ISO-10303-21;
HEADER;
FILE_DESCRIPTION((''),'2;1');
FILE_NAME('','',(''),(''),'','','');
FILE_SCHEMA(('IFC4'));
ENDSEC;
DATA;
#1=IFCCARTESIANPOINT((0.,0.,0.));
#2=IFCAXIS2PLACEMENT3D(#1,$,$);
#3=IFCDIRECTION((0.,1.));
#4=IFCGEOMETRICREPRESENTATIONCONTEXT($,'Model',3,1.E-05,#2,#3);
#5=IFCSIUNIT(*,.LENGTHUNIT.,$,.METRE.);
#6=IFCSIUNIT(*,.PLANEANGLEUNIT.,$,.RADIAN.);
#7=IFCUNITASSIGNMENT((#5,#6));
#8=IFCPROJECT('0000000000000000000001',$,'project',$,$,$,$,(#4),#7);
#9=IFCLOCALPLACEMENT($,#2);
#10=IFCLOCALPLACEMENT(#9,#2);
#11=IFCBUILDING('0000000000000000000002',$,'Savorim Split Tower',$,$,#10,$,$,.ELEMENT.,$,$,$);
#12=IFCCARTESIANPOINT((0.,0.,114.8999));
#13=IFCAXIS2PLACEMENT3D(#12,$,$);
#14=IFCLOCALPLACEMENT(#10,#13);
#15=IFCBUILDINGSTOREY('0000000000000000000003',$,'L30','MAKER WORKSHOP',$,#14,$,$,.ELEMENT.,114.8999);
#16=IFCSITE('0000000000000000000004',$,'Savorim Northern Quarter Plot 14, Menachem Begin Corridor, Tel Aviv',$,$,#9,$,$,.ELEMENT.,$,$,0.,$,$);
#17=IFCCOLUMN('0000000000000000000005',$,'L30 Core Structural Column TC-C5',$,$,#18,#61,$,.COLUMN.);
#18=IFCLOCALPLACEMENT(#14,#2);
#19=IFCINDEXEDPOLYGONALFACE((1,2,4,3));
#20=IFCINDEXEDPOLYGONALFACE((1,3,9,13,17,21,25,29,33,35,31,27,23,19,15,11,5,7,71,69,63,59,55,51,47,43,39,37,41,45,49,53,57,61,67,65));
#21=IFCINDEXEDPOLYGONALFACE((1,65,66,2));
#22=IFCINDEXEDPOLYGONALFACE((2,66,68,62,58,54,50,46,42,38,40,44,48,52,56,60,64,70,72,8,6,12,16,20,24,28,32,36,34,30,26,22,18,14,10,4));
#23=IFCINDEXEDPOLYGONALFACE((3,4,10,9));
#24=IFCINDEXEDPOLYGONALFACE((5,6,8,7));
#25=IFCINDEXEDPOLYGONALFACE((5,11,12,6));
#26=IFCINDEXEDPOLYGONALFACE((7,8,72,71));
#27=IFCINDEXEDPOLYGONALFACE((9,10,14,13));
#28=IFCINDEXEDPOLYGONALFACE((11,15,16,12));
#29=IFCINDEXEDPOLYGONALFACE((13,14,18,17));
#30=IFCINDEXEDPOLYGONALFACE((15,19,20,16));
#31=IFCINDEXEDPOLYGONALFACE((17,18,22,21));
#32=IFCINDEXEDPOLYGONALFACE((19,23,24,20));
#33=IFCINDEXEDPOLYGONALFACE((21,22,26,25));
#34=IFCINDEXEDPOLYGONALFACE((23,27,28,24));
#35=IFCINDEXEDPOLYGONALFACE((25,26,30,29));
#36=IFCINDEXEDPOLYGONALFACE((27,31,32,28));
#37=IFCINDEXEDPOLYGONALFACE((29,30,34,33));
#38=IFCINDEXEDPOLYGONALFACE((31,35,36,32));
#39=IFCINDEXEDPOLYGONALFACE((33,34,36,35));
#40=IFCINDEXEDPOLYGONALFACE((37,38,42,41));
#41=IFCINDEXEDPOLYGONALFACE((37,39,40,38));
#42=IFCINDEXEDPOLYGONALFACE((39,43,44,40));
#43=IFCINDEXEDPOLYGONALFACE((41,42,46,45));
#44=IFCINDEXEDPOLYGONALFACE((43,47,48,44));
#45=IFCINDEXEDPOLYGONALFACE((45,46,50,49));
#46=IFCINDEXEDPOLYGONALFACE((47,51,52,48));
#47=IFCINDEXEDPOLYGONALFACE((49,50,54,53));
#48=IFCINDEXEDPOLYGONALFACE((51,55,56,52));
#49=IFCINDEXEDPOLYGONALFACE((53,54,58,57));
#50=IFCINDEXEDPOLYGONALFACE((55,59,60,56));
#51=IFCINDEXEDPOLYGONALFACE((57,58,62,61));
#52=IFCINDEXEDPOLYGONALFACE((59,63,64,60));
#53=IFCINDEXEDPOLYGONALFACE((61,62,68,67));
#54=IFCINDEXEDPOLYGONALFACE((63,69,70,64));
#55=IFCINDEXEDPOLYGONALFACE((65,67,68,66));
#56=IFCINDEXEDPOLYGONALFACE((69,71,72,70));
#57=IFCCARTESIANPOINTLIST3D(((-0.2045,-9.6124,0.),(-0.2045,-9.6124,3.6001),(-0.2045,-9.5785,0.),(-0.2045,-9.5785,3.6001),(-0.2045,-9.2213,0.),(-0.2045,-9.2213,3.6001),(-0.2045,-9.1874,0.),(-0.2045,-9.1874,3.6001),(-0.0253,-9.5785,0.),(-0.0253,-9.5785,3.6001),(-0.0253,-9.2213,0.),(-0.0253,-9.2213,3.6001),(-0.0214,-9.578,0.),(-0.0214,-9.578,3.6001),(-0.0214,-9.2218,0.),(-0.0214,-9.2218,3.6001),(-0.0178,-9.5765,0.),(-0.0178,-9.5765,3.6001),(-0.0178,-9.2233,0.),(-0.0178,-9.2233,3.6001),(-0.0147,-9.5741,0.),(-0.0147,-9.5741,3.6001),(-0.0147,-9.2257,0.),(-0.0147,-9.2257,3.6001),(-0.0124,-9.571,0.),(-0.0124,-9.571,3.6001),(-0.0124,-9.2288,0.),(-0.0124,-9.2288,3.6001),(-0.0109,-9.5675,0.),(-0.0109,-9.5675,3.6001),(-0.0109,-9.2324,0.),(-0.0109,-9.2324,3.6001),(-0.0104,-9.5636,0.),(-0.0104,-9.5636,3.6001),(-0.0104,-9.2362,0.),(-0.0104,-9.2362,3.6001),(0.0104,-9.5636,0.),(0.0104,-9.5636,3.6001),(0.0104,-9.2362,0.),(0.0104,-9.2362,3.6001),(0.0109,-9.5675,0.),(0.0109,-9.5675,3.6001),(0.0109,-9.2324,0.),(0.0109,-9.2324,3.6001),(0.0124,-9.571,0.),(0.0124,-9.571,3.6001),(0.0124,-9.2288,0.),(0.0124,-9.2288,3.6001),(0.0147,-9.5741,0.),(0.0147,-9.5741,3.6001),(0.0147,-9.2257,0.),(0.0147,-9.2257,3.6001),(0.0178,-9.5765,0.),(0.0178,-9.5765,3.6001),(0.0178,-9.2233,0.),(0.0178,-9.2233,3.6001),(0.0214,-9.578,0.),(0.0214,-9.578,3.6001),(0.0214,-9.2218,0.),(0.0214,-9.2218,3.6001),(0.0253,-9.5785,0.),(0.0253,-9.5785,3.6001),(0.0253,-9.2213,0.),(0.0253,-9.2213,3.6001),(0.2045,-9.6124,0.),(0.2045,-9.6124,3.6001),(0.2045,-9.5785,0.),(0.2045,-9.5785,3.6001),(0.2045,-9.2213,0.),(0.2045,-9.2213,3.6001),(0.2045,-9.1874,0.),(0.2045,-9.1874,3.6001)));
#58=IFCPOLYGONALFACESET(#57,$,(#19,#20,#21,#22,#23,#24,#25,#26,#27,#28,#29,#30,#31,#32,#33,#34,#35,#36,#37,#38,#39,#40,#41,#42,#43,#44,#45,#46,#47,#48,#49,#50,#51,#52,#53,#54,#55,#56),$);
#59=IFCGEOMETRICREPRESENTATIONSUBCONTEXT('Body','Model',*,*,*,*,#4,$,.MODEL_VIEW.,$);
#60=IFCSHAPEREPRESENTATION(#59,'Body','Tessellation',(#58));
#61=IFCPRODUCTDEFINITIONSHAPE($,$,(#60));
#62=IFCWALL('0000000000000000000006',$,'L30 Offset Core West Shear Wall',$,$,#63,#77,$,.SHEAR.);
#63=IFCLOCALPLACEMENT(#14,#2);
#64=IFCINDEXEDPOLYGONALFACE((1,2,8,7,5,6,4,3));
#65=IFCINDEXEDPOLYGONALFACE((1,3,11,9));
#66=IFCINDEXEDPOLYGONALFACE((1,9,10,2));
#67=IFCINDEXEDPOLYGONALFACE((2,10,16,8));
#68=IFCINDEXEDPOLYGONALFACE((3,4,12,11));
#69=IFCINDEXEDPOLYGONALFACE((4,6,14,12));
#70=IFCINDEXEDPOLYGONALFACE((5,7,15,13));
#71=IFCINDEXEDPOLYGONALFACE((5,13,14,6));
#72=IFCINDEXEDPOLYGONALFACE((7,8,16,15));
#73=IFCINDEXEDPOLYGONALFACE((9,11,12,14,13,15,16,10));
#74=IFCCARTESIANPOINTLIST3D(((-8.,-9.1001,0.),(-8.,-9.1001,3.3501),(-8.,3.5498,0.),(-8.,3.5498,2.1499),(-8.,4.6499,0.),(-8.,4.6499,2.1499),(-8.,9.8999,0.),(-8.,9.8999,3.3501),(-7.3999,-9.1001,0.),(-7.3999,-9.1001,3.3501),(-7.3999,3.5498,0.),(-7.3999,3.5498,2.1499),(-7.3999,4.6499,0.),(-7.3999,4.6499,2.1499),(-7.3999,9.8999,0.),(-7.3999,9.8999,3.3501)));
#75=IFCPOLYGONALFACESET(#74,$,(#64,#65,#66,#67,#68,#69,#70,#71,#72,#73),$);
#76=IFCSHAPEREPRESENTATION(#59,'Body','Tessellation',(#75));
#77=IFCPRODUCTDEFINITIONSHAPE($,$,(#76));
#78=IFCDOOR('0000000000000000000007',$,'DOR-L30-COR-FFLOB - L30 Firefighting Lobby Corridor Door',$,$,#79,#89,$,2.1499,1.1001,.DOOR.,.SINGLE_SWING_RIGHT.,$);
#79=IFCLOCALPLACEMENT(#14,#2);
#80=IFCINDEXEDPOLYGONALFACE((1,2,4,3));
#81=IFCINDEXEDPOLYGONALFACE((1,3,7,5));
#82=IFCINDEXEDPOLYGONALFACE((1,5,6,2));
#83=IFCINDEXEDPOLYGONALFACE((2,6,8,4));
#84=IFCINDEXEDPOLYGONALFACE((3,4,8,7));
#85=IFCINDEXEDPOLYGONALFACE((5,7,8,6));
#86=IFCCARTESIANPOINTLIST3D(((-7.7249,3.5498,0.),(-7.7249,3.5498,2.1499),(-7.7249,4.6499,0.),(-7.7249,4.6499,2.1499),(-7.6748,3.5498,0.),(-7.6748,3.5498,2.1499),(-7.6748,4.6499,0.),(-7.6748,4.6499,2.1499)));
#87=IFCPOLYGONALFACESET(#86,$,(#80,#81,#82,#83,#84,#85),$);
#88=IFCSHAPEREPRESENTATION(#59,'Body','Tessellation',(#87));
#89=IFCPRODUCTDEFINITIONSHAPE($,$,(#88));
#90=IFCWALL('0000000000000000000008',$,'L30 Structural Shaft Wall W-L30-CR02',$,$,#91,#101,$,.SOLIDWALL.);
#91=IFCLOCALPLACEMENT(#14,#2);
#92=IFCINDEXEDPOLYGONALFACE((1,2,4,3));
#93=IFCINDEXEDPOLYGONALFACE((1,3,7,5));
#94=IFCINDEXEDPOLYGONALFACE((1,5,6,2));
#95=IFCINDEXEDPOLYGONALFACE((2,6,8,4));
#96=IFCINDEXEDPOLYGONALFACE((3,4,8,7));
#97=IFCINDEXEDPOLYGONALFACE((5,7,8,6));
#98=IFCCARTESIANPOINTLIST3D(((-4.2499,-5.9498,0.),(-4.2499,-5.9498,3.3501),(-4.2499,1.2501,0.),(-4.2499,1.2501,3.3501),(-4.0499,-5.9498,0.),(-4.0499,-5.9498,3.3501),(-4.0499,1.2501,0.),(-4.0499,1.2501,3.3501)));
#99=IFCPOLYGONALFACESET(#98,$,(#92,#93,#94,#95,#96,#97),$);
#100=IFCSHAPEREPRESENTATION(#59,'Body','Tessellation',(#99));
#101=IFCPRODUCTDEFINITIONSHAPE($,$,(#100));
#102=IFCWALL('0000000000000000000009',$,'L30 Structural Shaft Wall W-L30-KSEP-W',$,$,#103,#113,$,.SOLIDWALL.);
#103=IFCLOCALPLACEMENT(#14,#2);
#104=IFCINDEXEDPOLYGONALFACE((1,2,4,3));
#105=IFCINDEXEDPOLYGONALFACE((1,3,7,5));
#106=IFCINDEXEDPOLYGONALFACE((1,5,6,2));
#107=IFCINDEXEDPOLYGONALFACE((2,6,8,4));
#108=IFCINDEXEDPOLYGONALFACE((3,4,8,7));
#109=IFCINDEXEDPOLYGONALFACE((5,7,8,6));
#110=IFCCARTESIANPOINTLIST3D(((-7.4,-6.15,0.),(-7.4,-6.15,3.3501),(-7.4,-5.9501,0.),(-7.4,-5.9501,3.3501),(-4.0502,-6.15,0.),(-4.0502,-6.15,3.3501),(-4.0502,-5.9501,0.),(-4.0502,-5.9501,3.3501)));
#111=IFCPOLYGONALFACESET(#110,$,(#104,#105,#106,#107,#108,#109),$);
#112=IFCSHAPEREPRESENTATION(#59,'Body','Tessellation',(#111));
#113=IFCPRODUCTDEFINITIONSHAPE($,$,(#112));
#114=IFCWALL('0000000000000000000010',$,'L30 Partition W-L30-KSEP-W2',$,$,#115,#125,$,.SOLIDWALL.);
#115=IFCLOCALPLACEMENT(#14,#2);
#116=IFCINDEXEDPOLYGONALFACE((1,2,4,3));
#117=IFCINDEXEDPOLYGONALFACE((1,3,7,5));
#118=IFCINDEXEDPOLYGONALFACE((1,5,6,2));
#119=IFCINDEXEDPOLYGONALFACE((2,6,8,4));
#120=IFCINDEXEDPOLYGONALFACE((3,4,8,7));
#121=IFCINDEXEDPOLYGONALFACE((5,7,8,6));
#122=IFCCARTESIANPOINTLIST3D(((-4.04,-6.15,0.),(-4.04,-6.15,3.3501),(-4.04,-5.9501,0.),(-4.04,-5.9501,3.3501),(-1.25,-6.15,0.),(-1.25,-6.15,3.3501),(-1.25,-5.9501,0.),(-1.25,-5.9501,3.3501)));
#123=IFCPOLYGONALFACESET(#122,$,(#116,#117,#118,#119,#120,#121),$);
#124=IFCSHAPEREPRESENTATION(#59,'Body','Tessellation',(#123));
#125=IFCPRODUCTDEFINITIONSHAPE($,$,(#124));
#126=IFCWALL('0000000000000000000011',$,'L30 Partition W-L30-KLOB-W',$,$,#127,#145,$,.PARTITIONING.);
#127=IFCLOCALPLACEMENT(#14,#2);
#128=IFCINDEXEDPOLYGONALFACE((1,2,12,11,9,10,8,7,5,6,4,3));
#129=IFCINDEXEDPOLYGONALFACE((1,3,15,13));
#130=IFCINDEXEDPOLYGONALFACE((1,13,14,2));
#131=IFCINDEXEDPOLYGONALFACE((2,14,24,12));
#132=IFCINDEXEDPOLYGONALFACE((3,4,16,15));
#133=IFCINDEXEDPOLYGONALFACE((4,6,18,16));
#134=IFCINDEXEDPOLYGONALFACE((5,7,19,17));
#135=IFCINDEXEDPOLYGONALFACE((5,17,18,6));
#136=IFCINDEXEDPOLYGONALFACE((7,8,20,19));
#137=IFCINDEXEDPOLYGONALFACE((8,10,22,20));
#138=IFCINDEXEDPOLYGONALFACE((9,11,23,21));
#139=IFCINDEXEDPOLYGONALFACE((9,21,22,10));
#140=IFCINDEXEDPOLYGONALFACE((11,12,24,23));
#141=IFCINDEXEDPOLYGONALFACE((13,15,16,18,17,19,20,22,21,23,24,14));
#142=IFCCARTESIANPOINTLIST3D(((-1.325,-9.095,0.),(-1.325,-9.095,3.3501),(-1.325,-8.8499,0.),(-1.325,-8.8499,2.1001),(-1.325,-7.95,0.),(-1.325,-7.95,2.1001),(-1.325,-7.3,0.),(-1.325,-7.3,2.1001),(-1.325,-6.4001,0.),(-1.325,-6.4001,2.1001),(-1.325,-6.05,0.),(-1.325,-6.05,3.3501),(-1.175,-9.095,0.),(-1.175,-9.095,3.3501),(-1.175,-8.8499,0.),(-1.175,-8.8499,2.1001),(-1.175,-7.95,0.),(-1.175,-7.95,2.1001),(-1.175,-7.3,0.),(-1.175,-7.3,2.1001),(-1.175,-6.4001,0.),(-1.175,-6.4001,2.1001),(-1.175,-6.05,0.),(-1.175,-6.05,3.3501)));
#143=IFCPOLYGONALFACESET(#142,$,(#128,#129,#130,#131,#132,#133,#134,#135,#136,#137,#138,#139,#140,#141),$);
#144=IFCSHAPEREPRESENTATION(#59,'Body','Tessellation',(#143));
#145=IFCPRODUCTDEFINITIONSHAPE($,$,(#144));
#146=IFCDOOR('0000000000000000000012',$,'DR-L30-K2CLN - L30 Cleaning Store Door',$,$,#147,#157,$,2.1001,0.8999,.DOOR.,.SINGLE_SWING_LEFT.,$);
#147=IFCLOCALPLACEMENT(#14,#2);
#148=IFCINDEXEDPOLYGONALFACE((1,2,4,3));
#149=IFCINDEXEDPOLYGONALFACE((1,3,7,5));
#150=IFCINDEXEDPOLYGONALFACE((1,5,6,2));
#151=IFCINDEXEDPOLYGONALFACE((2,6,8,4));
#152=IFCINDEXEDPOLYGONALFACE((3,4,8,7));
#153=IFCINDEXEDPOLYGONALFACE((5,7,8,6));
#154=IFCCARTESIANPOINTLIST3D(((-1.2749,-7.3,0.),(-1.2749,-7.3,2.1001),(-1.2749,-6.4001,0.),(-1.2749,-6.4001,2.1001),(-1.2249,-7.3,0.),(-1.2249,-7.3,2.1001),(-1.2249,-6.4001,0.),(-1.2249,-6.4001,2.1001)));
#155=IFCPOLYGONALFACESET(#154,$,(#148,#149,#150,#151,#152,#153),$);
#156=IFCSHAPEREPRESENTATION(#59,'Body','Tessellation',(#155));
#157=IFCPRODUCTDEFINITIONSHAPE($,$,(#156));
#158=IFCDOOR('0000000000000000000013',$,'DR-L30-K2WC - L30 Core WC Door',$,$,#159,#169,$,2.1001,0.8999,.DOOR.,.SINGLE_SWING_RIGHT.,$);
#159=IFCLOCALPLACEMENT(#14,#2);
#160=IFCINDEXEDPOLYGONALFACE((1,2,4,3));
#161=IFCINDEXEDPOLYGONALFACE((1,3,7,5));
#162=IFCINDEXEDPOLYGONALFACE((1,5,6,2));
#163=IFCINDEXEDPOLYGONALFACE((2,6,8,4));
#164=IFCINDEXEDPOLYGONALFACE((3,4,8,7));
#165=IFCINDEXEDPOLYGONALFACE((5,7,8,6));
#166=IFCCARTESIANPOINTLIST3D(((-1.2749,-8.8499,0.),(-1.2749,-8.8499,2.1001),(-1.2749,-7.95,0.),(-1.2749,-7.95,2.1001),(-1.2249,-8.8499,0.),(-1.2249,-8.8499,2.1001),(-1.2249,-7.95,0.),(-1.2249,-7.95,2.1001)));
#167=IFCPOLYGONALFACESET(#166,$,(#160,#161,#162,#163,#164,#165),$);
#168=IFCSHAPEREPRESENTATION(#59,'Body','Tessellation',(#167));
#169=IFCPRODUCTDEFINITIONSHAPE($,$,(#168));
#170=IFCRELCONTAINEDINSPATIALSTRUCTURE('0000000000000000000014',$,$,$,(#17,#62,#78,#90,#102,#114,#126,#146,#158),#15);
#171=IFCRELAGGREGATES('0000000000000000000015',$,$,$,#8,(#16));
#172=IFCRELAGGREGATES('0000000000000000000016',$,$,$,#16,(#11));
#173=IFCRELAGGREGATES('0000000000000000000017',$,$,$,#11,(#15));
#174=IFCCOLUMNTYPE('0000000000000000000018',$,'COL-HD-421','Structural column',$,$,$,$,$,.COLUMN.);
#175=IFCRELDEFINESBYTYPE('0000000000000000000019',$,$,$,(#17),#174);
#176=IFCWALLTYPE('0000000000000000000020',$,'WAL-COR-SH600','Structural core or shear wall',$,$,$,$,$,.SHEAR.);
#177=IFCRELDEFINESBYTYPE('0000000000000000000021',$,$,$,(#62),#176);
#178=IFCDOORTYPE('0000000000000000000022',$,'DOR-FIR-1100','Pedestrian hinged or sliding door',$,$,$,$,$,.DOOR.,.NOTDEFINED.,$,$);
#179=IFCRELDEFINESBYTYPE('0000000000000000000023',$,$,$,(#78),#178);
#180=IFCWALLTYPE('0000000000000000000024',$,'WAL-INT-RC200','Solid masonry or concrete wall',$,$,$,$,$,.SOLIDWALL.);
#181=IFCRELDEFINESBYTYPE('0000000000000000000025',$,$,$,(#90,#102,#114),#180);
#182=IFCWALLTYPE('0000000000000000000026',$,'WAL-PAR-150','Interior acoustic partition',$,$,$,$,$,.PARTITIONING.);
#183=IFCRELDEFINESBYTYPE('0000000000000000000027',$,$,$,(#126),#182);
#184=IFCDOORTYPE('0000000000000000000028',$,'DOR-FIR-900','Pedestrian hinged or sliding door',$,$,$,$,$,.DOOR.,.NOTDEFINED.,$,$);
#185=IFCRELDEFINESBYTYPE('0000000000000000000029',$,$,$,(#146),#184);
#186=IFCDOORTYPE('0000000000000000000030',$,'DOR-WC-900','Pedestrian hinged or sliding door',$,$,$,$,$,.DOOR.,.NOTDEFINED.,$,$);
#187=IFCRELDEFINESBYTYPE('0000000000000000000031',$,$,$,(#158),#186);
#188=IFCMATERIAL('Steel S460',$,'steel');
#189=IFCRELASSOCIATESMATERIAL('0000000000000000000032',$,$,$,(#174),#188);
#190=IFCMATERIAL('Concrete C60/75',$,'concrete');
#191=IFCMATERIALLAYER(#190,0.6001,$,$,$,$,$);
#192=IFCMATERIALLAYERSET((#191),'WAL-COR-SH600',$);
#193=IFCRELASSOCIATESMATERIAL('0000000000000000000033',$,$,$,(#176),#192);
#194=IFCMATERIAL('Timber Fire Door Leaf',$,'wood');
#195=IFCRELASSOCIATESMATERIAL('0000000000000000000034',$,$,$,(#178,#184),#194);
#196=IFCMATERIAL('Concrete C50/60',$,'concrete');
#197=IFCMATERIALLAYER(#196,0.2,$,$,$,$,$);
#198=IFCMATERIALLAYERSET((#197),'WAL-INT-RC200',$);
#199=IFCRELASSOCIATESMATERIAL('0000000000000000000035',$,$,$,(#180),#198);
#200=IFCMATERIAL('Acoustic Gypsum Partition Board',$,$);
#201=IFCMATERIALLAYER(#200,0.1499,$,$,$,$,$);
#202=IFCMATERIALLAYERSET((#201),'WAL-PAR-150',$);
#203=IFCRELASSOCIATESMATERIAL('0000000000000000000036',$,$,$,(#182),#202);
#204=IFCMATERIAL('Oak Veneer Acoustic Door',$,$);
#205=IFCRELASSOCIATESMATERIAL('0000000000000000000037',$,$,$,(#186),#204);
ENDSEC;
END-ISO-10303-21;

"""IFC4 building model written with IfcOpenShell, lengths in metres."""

from ifc_helpers import new_model, si_unit, direction, frame, frame_2d, origin, origin_2d, place, context, subcontext, project, spatial, rectangle, i_section, extrude, material, layer, layer_set, material_profile, profile_set, type_object, element, fill, save


model = new_model("IFC4")

# Units and contexts
model_context = context("Model", 3, precision=1e-05, world=origin(), true_north=direction((0.0, 1.0)))
body_context = subcontext(model_context, "Body", "Model", "MODEL_VIEW")
ifc_project = project(units=[si_unit("LENGTHUNIT", "METRE"), si_unit("PLANEANGLEUNIT", "RADIAN")], contexts=[model_context])

# Site, building, storey
site_placement = place(None, origin())
site = spatial("IfcSite", under=ifc_project, at=site_placement, Name="Savorim Northern Quarter Plot 14, Menachem Begin Corridor, Tel Aviv", CompositionType="ELEMENT", RefElevation=0.0)
building_placement = place(site_placement, origin())
building = spatial("IfcBuilding", under=site, at=building_placement, Name="Savorim Split Tower", CompositionType="ELEMENT")
storey_placement = place(building_placement, frame((0.0, 0.0, 114.8999)))
storey = spatial("IfcBuildingStorey", under=building, at=storey_placement, Name="L30", Description="MAKER WORKSHOP", CompositionType="ELEMENT", Elevation=114.8999)

# Column
ifc_material_1 = material(Name="Steel S460", Category="steel")
ifc_material_profile = material_profile(ifc_material_1, i_section(OverallWidth=0.4089, OverallDepth=0.425, WebThickness=0.0208, FlangeThickness=0.0339, FilletRadius=0.0149, at=origin_2d()), Name="HD 400x421")
ifc_profile_set = profile_set([ifc_material_profile], Name="Steel S460")
column_type = type_object("IfcColumnType", Name="COL-HD-421", Description="Structural column", PredefinedType="COLUMN", material=ifc_profile_set)
column_placement = place(storey_placement, frame((0.0, -9.3999, 0.0), z_axis=(0.0, 0.0, 1.0), x_axis=(1.0, 0.0, 0.0)))
element("IfcColumn", 1, at=column_placement, inside=storey, type_object=column_type, Name="L30 Core Structural Column TC-C5", PredefinedType="COLUMN", context=body_context, shape_type="SweptSolid", body=[
    extrude(i_section(OverallWidth=0.4089, OverallDepth=0.425, WebThickness=0.0208, FlangeThickness=0.0339, FilletRadius=0.0149, at=origin_2d()), origin(), (0.0, 0.0, 1.0), 3.6001),
])

# Wall, opening, door
ifc_material_2 = material(Name="Concrete C60/75", Category="concrete")
ifc_layer_1 = layer(ifc_material_2, 0.6001)
ifc_layer_set_1 = layer_set([ifc_layer_1], Name="WAL-COR-SH600")
wall_type_1 = type_object("IfcWallType", Name="WAL-COR-SH600", Description="Structural core or shear wall", PredefinedType="SHEAR", material=ifc_layer_set_1)
wall_1_placement = place(storey_placement, frame((-7.7, -9.1001, 0.0), z_axis=(0.0, 0.0, 1.0), x_axis=(0.0, 1.0, 0.0)))
wall_1 = element("IfcWall", 2, at=wall_1_placement, inside=storey, type_object=wall_type_1, Name="L30 Offset Core West Shear Wall", PredefinedType="SHEAR", context=body_context, shape_type="SweptSolid", body=[
    extrude(rectangle(XDim=19.0, YDim=0.6001, at=frame_2d((9.5, 0.0))), origin(), (0.0, 0.0, 1.0), 3.3501),
])
opening_1_placement = place(wall_1_placement, frame((12.6499, 0.0, 0.0)))
opening_1 = element("IfcOpeningElement", 3, at=opening_1_placement, cuts=wall_1, PredefinedType="OPENING", context=body_context, shape_type="SweptSolid", body=[
    extrude(rectangle(XDim=1.1001, YDim=2.1499, at=frame_2d((0.55, 1.075))), frame((0.0, 0.3101, 0.0), z_axis=(0.0, -1.0, 0.0), x_axis=(1.0, 0.0, 0.0)), (0.0, 0.0, 1.0), 0.6201),
])
ifc_material_3 = material(Name="Timber Fire Door Leaf", Category="wood")
door_type_1 = type_object("IfcDoorType", Name="DOR-FIR-1100", Description="Pedestrian hinged or sliding door", OperationType="NOTDEFINED", PredefinedType="DOOR", material=ifc_material_3)
door_1_placement = place(opening_1_placement, origin())
door_1 = element("IfcDoor", 4, at=door_1_placement, inside=storey, type_object=door_type_1, Name="DOR-L30-COR-FFLOB - L30 Firefighting Lobby Corridor Door", OperationType="SINGLE_SWING_RIGHT", OverallHeight=2.1499, OverallWidth=1.1001, PredefinedType="DOOR", context=body_context, shape_type="SweptSolid", body=[
    extrude(rectangle(XDim=1.1001, YDim=2.1499, at=frame_2d((0.55, 1.075))), frame((0.0, 0.0249, 0.0), z_axis=(0.0, -1.0, 0.0), x_axis=(1.0, 0.0, 0.0)), (0.0, 0.0, 1.0), 0.05),
])
fill(opening_1, door_1)

# Wall
ifc_material_4 = material(Name="Concrete C50/60", Category="concrete")
ifc_layer_2 = layer(ifc_material_4, 0.2)
ifc_layer_set_2 = layer_set([ifc_layer_2], Name="WAL-INT-RC200")
wall_type_2 = type_object("IfcWallType", Name="WAL-INT-RC200", Description="Solid masonry or concrete wall", PredefinedType="SOLIDWALL", material=ifc_layer_set_2)
wall_2_placement = place(storey_placement, frame((-4.1499, -5.95, 0.0), z_axis=(0.0, 0.0, 1.0), x_axis=(0.0, 1.0, 0.0)))
element("IfcWall", 5, at=wall_2_placement, inside=storey, type_object=wall_type_2, Name="L30 Structural Shaft Wall W-L30-CR02", PredefinedType="SOLIDWALL", context=body_context, shape_type="SweptSolid", body=[
    extrude(rectangle(XDim=7.2, YDim=0.2, at=frame_2d((3.6001, 0.0))), origin(), (0.0, 0.0, 1.0), 3.3501),
])

# Walls
wall_3_placement = place(storey_placement, frame((-7.3999, -6.05, 0.0), z_axis=(0.0, 0.0, 1.0), x_axis=(1.0, 0.0, 0.0)))
element("IfcWall", 6, at=wall_3_placement, inside=storey, type_object=wall_type_2, Name="L30 Structural Shaft Wall W-L30-KSEP-W", PredefinedType="SOLIDWALL", context=body_context, shape_type="SweptSolid", body=[
    extrude(rectangle(XDim=3.3499, YDim=0.2, at=frame_2d((1.6748, 0.0))), origin(), (0.0, 0.0, 1.0), 3.3501),
])
wall_4_placement = place(storey_placement, frame((-4.04, -6.05, 0.0), z_axis=(0.0, 0.0, 1.0), x_axis=(1.0, 0.0, 0.0)))
element("IfcWall", 7, at=wall_4_placement, inside=storey, type_object=wall_type_2, Name="L30 Partition W-L30-KSEP-W2", PredefinedType="SOLIDWALL", context=body_context, shape_type="SweptSolid", body=[
    extrude(rectangle(XDim=2.79, YDim=0.2, at=frame_2d((1.395, 0.0))), origin(), (0.0, 0.0, 1.0), 3.3501),
])

# Wall, openings, doors
ifc_material_5 = material(Name="Acoustic Gypsum Partition Board")
ifc_layer_3 = layer(ifc_material_5, 0.1499)
ifc_layer_set_3 = layer_set([ifc_layer_3], Name="WAL-PAR-150")
wall_type_3 = type_object("IfcWallType", Name="WAL-PAR-150", Description="Interior acoustic partition", PredefinedType="PARTITIONING", material=ifc_layer_set_3)
wall_5_placement = place(storey_placement, frame((-1.25, -9.095, 0.0), z_axis=(0.0, 0.0, 1.0), x_axis=(0.0, 1.0, 0.0)))
wall_5 = element("IfcWall", 8, at=wall_5_placement, inside=storey, type_object=wall_type_3, Name="L30 Partition W-L30-KLOB-W", PredefinedType="PARTITIONING", context=body_context, shape_type="SweptSolid", body=[
    extrude(rectangle(XDim=3.0449, YDim=0.1499, at=frame_2d((1.5225, 0.0))), origin(), (0.0, 0.0, 1.0), 3.3501),
])
opening_2_placement = place(wall_5_placement, frame((1.7949, 0.0, 0.0)))
opening_2 = element("IfcOpeningElement", 9, at=opening_2_placement, cuts=wall_5, PredefinedType="OPENING", context=body_context, shape_type="SweptSolid", body=[
    extrude(rectangle(XDim=0.8999, YDim=2.1001, at=frame_2d((0.45, 1.05))), frame((0.0, 0.085, 0.0), z_axis=(0.0, -1.0, 0.0), x_axis=(1.0, 0.0, 0.0)), (0.0, 0.0, 1.0), 0.1699),
])
opening_3_placement = place(wall_5_placement, frame((0.2451, 0.0, 0.0)))
opening_3 = element("IfcOpeningElement", 10, at=opening_3_placement, cuts=wall_5, PredefinedType="OPENING", context=body_context, shape_type="SweptSolid", body=[
    extrude(rectangle(XDim=0.8999, YDim=2.1001, at=frame_2d((0.45, 1.05))), frame((0.0, 0.085, 0.0), z_axis=(0.0, -1.0, 0.0), x_axis=(1.0, 0.0, 0.0)), (0.0, 0.0, 1.0), 0.1699),
])
door_type_2 = type_object("IfcDoorType", Name="DOR-FIR-900", Description="Pedestrian hinged or sliding door", OperationType="NOTDEFINED", PredefinedType="DOOR", material=ifc_material_3)
door_2_placement = place(opening_2_placement, origin())
door_2 = element("IfcDoor", 11, at=door_2_placement, inside=storey, type_object=door_type_2, Name="DR-L30-K2CLN - L30 Cleaning Store Door", OperationType="SINGLE_SWING_LEFT", OverallHeight=2.1001, OverallWidth=0.8999, PredefinedType="DOOR", context=body_context, shape_type="SweptSolid", body=[
    extrude(rectangle(XDim=0.8999, YDim=2.1001, at=frame_2d((0.45, 1.05))), frame((0.0, 0.0249, 0.0), z_axis=(0.0, -1.0, 0.0), x_axis=(1.0, 0.0, 0.0)), (0.0, 0.0, 1.0), 0.05),
])
fill(opening_2, door_2)
ifc_material_6 = material(Name="Oak Veneer Acoustic Door")
door_type_3 = type_object("IfcDoorType", Name="DOR-WC-900", Description="Pedestrian hinged or sliding door", OperationType="NOTDEFINED", PredefinedType="DOOR", material=ifc_material_6)
door_3_placement = place(opening_3_placement, origin())
door_3 = element("IfcDoor", 12, at=door_3_placement, inside=storey, type_object=door_type_3, Name="DR-L30-K2WC - L30 Core WC Door", OperationType="SINGLE_SWING_RIGHT", OverallHeight=2.1001, OverallWidth=0.8999, PredefinedType="DOOR", context=body_context, shape_type="SweptSolid", body=[
    extrude(rectangle(XDim=0.8999, YDim=2.1001, at=frame_2d((0.45, 1.05))), frame((0.0, 0.0249, 0.0), z_axis=(0.0, -1.0, 0.0), x_axis=(1.0, 0.0, 0.0)), (0.0, 0.0, 1.0), 0.05),
])
fill(opening_3, door_3)

save(model, "model.ifc")
